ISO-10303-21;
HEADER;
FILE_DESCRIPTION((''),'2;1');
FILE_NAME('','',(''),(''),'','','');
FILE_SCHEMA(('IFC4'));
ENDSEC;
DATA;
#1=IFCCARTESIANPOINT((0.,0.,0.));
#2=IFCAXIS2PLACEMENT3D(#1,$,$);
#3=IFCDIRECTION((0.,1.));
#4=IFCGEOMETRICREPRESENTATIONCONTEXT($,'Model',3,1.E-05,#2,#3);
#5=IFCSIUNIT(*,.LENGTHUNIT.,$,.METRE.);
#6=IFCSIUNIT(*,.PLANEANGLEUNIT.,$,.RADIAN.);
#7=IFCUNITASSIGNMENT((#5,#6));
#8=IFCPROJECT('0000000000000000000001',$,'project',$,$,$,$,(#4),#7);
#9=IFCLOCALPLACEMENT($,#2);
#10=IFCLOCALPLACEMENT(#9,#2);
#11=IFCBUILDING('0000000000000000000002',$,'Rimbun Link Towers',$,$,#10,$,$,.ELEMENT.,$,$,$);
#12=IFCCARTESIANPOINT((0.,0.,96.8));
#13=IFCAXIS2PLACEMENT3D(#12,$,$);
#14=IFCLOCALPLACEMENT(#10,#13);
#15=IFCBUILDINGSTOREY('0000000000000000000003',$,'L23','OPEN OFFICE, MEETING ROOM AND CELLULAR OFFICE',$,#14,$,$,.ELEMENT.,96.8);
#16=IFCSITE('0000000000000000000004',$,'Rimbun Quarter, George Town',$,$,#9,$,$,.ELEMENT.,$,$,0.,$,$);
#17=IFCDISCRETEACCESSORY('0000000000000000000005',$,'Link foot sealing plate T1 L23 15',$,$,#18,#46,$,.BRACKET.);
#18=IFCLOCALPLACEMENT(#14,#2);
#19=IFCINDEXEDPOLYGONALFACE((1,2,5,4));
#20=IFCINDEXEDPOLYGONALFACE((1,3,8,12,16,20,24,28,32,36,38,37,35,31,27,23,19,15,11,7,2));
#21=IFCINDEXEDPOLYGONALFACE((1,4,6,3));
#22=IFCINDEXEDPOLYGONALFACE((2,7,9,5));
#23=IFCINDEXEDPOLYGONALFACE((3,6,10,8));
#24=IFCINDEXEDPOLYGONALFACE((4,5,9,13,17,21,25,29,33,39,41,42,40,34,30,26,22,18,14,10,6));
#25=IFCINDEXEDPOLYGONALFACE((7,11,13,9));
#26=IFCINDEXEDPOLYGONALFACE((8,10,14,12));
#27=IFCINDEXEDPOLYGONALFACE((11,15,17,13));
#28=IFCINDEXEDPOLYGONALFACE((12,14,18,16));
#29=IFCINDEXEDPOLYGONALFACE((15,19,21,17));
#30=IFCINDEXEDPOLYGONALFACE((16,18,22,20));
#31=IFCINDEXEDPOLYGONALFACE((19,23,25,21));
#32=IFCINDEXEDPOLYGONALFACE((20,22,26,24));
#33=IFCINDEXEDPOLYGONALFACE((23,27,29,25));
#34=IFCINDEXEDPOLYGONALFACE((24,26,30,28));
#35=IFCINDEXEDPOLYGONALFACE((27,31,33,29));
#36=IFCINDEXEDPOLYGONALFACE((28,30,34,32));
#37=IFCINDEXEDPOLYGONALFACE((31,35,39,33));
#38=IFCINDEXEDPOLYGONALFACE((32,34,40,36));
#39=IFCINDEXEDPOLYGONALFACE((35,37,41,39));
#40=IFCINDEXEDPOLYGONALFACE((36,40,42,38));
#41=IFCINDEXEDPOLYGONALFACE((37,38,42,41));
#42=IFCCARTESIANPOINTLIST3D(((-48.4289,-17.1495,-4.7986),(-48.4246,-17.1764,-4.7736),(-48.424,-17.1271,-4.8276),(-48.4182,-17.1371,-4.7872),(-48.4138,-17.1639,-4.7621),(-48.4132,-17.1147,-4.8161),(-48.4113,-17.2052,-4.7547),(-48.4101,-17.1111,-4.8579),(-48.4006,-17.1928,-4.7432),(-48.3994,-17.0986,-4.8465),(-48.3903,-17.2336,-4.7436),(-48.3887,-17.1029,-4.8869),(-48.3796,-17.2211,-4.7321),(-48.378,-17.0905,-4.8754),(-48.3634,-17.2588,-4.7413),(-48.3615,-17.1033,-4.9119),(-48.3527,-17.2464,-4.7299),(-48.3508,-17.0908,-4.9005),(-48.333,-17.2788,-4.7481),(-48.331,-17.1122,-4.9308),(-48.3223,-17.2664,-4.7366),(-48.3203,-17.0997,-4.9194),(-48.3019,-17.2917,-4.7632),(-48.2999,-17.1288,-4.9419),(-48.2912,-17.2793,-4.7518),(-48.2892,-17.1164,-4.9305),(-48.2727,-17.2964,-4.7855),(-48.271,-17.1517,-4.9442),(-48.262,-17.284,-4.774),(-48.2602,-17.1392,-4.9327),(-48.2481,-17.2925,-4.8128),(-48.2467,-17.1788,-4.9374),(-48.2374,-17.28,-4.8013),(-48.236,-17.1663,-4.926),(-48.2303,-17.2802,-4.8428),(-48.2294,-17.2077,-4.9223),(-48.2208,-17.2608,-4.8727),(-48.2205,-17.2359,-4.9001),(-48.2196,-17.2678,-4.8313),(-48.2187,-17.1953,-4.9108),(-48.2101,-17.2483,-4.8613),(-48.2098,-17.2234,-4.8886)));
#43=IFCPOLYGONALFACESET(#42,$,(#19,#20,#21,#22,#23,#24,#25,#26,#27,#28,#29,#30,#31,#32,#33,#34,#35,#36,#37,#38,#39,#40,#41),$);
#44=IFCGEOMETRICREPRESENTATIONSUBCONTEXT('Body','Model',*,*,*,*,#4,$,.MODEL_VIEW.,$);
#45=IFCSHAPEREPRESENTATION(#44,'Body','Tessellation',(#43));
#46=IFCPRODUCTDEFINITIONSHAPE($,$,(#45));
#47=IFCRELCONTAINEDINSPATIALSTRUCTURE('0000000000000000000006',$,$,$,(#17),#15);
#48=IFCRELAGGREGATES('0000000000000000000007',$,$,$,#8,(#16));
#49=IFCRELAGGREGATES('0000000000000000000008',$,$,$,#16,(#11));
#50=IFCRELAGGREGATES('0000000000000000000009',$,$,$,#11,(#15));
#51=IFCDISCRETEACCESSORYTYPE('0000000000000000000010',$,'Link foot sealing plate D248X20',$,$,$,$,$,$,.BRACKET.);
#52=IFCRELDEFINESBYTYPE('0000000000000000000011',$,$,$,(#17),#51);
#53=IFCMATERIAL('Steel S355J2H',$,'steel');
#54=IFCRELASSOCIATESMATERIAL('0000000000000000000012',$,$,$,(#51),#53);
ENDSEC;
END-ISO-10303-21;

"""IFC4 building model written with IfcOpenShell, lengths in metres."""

from ifc_helpers import new_model, si_unit, direction, frame, origin, origin_2d, place, context, subcontext, project, spatial, circle, extrude, material, material_profile, profile_set, type_object, element, save


model = new_model("IFC4")

# Units and contexts
model_context = context("Model", 3, precision=1e-05, world=origin(), true_north=direction((0.0, 1.0)))
body_context = subcontext(model_context, "Body", "Model", "MODEL_VIEW")
ifc_project = project(units=[si_unit("LENGTHUNIT", "METRE"), si_unit("PLANEANGLEUNIT", "RADIAN")], contexts=[model_context])

# Site, building, storey
site_placement = place(None, origin())
site = spatial("IfcSite", under=ifc_project, at=site_placement, Name="Rimbun Quarter, George Town", CompositionType="ELEMENT", RefElevation=0.0)
building_placement = place(site_placement, origin())
building = spatial("IfcBuilding", under=site, at=building_placement, Name="Rimbun Link Towers", CompositionType="ELEMENT")
storey_placement = place(building_placement, frame((0.0, 0.0, 96.8)))
storey = spatial("IfcBuildingStorey", under=building, at=storey_placement, Name="L23", Description="OPEN OFFICE, MEETING ROOM AND CELLULAR OFFICE", CompositionType="ELEMENT", Elevation=96.8)

# Discrete accessory
ifc_material_1 = material(Name="Steel S355J2H", Category="steel")
ifc_material_profile_1 = material_profile(ifc_material_1, circle(Radius=0.124, at=origin_2d()), Name="PL D248")
ifc_profile_set_1 = profile_set([ifc_material_profile_1], Name="Steel S355J2H")
discrete_accessory_type = type_object("IfcDiscreteAccessoryType", Name="Link foot sealing plate D248X20", PredefinedType="BRACKET", material=ifc_profile_set_1)
discrete_accessory_placement = place(storey_placement, frame((-48.3135, -17.1868, -4.8313), z_axis=(-0.53571, -0.620936, -0.572235), x_axis=(0.757157, -0.653233, 0.0)))
element("IfcDiscreteAccessory", 1, at=discrete_accessory_placement, inside=storey, type_object=discrete_accessory_type, Name="Link foot sealing plate T1 L23 15", PredefinedType="BRACKET", context=body_context, shape_type="SweptSolid", body=[
    extrude(circle(Radius=0.124, at=origin_2d()), origin(), (0.0, 0.0, 1.0), 0.02),
])

save(model, "model.ifc")
